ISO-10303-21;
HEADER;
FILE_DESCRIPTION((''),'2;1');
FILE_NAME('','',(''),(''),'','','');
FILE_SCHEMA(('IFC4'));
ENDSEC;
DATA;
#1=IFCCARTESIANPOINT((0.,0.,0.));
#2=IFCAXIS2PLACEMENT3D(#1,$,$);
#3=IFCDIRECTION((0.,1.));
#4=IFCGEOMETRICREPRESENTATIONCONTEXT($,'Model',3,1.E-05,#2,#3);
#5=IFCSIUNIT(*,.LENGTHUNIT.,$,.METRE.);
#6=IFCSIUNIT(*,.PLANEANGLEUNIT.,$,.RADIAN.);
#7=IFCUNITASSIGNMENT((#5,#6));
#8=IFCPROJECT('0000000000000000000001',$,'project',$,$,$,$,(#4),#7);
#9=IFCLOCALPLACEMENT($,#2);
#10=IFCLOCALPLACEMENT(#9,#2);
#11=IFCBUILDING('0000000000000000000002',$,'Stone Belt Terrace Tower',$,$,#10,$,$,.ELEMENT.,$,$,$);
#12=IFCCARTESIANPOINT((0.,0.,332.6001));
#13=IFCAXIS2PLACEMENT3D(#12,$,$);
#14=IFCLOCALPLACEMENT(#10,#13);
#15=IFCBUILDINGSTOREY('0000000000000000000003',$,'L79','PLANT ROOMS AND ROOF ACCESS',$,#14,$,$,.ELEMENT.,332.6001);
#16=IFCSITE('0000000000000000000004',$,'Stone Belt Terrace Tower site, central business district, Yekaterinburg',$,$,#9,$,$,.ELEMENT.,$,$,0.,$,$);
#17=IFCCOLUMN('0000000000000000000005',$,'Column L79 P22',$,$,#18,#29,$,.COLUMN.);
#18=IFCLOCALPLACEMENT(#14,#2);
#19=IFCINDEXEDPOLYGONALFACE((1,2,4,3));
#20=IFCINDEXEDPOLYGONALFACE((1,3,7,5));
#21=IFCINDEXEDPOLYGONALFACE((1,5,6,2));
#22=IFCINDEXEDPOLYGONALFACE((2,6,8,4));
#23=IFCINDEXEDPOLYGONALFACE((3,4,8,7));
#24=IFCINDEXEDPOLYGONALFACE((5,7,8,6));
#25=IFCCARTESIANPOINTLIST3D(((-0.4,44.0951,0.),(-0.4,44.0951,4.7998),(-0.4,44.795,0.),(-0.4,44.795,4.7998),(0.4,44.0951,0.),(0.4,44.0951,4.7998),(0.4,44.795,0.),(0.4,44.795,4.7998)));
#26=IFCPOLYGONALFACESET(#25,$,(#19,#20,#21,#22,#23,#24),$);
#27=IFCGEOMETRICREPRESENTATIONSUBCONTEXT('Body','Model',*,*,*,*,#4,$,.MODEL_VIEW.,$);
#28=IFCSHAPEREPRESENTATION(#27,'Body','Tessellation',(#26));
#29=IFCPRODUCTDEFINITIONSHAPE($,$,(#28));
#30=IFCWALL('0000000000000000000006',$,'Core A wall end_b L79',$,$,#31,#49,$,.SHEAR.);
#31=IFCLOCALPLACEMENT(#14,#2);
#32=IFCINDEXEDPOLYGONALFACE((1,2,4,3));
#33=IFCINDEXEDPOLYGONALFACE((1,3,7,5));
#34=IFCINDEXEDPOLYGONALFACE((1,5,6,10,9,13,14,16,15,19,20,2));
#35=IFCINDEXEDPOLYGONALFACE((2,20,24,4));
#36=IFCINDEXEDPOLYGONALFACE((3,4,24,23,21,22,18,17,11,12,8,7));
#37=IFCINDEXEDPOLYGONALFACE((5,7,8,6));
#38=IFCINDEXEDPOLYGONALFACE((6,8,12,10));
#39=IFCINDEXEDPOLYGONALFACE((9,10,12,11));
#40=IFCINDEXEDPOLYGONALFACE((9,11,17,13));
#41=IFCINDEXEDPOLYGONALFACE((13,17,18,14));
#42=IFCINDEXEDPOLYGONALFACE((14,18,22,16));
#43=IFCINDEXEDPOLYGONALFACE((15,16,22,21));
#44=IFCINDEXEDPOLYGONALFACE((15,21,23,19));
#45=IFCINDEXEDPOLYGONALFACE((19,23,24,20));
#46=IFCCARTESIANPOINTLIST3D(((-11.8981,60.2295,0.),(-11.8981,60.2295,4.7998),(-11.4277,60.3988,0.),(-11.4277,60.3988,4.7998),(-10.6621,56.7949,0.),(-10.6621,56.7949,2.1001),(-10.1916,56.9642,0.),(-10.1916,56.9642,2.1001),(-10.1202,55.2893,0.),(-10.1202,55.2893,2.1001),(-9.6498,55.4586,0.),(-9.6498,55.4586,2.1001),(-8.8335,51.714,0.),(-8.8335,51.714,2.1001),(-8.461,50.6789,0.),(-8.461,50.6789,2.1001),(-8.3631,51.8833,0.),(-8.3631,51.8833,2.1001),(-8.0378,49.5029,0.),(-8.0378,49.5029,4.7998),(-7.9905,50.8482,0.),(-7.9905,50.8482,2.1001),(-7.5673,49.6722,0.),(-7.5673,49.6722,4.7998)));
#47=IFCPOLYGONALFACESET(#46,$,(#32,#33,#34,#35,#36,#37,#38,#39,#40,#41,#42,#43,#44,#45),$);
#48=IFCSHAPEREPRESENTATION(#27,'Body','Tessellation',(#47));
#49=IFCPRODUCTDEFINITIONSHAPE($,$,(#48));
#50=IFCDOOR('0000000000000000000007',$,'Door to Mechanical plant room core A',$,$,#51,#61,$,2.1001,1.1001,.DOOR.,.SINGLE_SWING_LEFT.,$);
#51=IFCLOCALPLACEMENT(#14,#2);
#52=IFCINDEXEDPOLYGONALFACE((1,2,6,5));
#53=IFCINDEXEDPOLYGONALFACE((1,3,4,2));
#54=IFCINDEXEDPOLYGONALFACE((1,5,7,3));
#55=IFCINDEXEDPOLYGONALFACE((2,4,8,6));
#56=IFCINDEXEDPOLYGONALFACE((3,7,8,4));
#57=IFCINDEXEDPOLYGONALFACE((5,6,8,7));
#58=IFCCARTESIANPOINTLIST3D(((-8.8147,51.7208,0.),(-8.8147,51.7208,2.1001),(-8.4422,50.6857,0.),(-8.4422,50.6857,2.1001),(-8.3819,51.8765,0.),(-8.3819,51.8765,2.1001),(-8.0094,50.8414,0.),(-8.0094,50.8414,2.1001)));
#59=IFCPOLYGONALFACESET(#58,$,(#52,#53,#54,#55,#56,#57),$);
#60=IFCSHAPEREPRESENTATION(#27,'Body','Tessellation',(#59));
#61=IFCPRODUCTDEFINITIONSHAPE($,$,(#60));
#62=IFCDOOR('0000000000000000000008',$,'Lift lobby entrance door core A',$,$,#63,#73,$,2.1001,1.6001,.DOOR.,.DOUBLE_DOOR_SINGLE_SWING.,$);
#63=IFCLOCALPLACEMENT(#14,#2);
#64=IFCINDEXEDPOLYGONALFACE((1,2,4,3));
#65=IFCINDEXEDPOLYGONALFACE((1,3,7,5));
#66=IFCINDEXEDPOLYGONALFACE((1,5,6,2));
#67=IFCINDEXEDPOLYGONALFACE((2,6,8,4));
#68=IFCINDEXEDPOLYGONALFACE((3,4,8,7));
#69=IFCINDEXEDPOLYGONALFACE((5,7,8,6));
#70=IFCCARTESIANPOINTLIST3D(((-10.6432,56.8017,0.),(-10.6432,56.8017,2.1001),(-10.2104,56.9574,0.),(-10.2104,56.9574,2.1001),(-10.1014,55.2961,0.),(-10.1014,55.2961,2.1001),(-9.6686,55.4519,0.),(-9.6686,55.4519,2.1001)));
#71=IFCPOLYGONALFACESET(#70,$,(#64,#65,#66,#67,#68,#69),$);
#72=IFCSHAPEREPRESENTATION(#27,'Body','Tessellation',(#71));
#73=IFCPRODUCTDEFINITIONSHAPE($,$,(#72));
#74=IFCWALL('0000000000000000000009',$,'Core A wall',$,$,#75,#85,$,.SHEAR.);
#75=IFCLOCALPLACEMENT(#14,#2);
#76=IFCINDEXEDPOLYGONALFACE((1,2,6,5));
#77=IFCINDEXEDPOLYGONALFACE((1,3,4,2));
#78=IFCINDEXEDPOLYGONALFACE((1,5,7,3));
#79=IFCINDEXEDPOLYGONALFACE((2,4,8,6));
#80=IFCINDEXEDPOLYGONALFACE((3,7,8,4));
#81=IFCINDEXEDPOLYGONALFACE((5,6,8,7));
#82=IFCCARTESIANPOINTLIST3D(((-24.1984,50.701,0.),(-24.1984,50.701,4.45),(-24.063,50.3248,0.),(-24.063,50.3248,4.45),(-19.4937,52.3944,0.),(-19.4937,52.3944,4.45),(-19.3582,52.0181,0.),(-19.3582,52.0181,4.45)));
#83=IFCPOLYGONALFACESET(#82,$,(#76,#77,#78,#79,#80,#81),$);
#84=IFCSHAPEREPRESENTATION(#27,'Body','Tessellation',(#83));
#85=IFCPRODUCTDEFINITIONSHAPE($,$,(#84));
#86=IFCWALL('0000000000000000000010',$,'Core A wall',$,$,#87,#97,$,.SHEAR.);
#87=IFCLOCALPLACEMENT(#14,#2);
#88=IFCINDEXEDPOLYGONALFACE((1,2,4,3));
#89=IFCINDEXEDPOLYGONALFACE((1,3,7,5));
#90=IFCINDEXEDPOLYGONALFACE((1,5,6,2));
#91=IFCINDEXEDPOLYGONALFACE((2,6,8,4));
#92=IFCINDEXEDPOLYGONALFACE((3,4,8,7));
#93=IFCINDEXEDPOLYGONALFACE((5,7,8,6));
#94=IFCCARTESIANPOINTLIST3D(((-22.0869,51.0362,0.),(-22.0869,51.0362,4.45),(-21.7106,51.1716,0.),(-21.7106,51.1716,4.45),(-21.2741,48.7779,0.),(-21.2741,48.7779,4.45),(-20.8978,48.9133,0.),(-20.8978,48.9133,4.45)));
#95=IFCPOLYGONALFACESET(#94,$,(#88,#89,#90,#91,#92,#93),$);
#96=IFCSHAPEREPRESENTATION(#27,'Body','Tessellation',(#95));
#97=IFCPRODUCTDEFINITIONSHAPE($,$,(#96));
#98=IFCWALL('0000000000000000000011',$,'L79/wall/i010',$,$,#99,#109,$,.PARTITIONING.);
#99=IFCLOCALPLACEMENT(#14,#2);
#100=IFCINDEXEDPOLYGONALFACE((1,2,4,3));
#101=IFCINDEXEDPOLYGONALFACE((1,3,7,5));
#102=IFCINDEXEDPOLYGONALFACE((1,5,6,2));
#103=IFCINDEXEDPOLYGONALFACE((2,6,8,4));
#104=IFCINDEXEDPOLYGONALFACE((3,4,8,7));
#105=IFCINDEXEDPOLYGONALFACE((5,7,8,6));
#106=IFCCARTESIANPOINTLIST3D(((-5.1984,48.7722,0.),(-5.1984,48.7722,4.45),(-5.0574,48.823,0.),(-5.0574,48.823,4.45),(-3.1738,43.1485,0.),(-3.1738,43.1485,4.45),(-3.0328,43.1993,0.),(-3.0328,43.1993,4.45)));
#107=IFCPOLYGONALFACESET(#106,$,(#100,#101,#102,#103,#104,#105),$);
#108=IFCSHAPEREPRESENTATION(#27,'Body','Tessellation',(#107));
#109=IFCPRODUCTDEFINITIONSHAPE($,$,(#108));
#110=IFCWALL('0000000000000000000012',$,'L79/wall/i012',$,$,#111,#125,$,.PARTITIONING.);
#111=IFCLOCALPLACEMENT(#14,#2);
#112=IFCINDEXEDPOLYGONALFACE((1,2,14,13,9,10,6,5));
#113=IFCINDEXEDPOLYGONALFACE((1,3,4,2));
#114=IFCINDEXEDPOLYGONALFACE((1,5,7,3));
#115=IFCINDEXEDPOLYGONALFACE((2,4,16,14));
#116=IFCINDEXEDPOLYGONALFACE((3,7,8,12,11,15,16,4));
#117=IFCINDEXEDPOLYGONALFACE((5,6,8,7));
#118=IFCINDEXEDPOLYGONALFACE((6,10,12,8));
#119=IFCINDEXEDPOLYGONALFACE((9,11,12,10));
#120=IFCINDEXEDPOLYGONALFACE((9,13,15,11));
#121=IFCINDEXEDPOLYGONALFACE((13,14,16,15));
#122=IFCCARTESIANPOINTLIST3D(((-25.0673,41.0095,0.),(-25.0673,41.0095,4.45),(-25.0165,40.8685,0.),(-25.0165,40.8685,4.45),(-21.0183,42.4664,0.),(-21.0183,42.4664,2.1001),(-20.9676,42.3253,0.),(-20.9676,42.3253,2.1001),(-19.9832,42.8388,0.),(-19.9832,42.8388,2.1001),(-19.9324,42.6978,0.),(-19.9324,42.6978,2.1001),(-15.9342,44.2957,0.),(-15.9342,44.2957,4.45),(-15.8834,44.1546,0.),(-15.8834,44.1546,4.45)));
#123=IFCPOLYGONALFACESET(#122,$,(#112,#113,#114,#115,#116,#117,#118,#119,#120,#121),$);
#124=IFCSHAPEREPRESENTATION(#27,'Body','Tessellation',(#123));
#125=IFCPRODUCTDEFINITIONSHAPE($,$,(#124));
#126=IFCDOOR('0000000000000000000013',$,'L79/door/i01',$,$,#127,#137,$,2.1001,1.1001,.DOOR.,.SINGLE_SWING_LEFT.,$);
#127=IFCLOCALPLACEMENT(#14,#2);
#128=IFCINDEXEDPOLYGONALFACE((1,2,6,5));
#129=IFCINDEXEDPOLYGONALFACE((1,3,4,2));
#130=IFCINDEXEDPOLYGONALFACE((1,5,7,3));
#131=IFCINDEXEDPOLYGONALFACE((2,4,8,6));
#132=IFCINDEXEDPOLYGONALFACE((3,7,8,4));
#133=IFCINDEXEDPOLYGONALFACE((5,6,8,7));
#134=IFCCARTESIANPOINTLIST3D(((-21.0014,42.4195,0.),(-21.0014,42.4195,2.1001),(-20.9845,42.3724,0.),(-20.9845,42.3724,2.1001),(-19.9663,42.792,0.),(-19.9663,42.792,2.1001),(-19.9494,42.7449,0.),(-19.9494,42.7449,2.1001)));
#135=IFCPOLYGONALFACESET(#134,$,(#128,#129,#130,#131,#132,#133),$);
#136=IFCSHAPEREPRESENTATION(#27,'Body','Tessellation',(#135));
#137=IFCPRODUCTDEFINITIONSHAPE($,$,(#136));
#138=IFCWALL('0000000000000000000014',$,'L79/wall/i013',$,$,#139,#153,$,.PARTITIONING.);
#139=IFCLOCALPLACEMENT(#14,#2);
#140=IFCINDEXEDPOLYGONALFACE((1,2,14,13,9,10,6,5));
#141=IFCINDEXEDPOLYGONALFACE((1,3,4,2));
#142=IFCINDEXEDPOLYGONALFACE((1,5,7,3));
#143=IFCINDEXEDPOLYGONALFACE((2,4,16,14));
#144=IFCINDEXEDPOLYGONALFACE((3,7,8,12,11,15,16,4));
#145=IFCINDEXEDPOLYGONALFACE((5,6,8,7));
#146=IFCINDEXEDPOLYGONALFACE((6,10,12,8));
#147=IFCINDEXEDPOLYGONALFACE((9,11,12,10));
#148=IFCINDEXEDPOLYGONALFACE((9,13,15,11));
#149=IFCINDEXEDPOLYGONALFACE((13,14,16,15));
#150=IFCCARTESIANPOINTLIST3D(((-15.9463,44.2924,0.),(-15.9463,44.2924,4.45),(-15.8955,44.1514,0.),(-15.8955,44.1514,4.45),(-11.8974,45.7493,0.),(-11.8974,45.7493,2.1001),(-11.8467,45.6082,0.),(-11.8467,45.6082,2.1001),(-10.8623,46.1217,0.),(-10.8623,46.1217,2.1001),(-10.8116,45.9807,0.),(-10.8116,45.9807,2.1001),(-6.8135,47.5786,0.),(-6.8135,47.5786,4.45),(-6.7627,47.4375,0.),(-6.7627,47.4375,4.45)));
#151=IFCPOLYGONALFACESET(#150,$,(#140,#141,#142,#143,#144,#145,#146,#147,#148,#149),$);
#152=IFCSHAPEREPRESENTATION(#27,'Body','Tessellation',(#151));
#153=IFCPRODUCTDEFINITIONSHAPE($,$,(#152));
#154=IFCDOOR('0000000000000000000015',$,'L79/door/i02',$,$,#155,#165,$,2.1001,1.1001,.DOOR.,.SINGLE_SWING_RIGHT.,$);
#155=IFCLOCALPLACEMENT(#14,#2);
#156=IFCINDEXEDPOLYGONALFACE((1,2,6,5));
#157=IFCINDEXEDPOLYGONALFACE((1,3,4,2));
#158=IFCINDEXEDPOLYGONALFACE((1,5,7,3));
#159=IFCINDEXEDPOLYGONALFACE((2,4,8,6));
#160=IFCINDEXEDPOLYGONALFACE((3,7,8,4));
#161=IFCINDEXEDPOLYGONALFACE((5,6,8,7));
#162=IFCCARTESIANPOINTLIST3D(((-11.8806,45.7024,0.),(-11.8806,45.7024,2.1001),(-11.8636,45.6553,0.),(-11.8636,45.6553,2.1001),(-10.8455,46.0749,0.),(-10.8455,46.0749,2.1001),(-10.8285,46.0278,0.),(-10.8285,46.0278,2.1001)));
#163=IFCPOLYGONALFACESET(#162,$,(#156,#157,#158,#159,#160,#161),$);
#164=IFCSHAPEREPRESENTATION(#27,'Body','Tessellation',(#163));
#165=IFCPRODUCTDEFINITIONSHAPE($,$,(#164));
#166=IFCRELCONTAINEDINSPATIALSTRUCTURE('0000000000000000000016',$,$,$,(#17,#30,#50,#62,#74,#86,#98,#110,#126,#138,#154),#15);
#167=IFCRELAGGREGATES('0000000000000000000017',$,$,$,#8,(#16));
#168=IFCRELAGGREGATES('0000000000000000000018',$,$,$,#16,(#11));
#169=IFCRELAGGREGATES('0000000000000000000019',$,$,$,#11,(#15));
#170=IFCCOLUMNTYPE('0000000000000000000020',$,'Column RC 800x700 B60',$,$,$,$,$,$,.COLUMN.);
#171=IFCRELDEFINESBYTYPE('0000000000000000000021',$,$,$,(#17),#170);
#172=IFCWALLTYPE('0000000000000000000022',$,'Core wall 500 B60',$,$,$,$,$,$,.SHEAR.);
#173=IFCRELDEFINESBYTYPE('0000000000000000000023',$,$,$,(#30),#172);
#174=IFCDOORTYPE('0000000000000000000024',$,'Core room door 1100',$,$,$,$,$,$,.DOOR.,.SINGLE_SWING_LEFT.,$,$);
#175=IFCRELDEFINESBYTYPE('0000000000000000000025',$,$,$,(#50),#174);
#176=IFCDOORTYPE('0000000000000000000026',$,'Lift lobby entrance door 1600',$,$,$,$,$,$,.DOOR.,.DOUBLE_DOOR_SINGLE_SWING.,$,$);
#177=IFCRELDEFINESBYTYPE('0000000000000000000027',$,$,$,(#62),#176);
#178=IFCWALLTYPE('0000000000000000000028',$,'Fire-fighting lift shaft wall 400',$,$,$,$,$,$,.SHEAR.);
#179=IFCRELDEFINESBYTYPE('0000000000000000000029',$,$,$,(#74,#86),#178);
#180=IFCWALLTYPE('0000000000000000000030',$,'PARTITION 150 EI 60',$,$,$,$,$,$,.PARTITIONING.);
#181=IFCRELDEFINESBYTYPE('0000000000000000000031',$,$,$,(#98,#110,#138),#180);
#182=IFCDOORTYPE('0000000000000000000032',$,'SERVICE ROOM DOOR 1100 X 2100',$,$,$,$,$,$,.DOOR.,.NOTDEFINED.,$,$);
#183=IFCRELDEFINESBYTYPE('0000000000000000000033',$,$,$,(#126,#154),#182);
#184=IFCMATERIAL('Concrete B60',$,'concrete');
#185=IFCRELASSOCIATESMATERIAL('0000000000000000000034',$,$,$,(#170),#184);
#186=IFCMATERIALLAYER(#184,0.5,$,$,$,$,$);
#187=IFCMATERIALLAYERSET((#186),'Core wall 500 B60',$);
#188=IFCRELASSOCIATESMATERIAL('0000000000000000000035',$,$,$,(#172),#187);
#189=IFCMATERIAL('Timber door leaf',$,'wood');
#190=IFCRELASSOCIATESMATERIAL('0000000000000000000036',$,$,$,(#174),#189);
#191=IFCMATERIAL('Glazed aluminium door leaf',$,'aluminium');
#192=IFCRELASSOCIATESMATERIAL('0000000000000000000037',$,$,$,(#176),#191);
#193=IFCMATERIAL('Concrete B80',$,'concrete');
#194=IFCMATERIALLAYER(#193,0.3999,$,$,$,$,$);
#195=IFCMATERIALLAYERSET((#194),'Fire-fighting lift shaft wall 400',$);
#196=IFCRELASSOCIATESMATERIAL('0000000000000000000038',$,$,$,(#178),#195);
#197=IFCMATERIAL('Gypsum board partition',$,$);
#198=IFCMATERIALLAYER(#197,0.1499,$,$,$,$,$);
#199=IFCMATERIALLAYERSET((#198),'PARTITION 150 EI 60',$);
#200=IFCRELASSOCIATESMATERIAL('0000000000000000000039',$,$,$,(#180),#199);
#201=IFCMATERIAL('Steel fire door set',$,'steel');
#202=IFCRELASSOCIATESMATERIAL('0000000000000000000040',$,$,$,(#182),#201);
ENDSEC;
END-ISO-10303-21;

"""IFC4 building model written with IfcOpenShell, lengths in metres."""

from ifc_helpers import new_model, si_unit, direction, frame, frame_2d, origin, origin_2d, place, context, subcontext, project, spatial, rectangle, extrude, material, layer, layer_set, material_profile, profile_set, type_object, element, fill, save


model = new_model("IFC4")

# Units and contexts
model_context = context("Model", 3, precision=1e-05, world=origin(), true_north=direction((0.0, 1.0)))
body_context = subcontext(model_context, "Body", "Model", "MODEL_VIEW")
ifc_project = project(units=[si_unit("LENGTHUNIT", "METRE"), si_unit("PLANEANGLEUNIT", "RADIAN")], contexts=[model_context])

# Site, building, storey
site_placement = place(None, origin())
site = spatial("IfcSite", under=ifc_project, at=site_placement, Name="Stone Belt Terrace Tower site, central business district, Yekaterinburg", CompositionType="ELEMENT", RefElevation=0.0)
building_placement = place(site_placement, origin())
building = spatial("IfcBuilding", under=site, at=building_placement, Name="Stone Belt Terrace Tower", CompositionType="ELEMENT")
storey_placement = place(building_placement, frame((0.0, 0.0, 332.6001)))
storey = spatial("IfcBuildingStorey", under=building, at=storey_placement, Name="L79", Description="PLANT ROOMS AND ROOF ACCESS", CompositionType="ELEMENT", Elevation=332.6001)

# Column
ifc_material_1 = material(Name="Concrete B60", Category="concrete")
ifc_material_profile = material_profile(ifc_material_1, rectangle(XDim=0.8, YDim=0.7, at=origin_2d()), Name="RC 800x700")
ifc_profile_set = profile_set([ifc_material_profile], Name="Concrete B60")
column_type = type_object("IfcColumnType", Name="Column RC 800x700 B60", PredefinedType="COLUMN", material=ifc_profile_set)
column_placement = place(storey_placement, frame((0.0, 44.4451, 0.0), z_axis=(0.0, 0.0, 1.0), x_axis=(1.0, 0.0, 0.0)))
element("IfcColumn", 1, at=column_placement, inside=storey, type_object=column_type, Name="Column L79 P22", PredefinedType="COLUMN", context=body_context, shape_type="SweptSolid", body=[
    extrude(rectangle(XDim=0.8, YDim=0.7, at=origin_2d()), origin(), (0.0, 0.0, 1.0), 4.7998),
])

# Wall, openings, doors
ifc_layer_1 = layer(ifc_material_1, 0.5)
ifc_layer_set_1 = layer_set([ifc_layer_1], Name="Core wall 500 B60")
wall_type_1 = type_object("IfcWallType", Name="Core wall 500 B60", PredefinedType="SHEAR", material=ifc_layer_set_1)
wall_1_placement = place(storey_placement, frame((-7.8025, 49.5874, 0.0), z_axis=(0.0, 0.0, 1.0), x_axis=(-0.338625, 0.940921, 0.0)))
wall_1 = element("IfcWall", 2, at=wall_1_placement, inside=storey, type_object=wall_type_1, Name="Core A wall end_b L79", PredefinedType="SHEAR", context=body_context, shape_type="SweptSolid", body=[
    extrude(rectangle(XDim=11.4001, YDim=0.5, at=frame_2d((5.7002, 0.0))), origin(), (0.0, 0.0, 1.0), 4.7998),
])
opening_1_placement = place(wall_1_placement, frame((6.1499, 0.0, 0.0)))
opening_1 = element("IfcOpeningElement", 3, at=opening_1_placement, cuts=wall_1, PredefinedType="OPENING", context=body_context, shape_type="SweptSolid", body=[
    extrude(rectangle(XDim=1.6001, YDim=2.1001, at=frame_2d((0.8, 1.05))), frame((0.0, 0.26, 0.0), z_axis=(0.0, -1.0, 0.0), x_axis=(1.0, 0.0, 0.0)), (0.0, 0.0, 1.0), 0.52),
])
opening_2_placement = place(wall_1_placement, frame((1.25, 0.0, 0.0)))
opening_2 = element("IfcOpeningElement", 4, at=opening_2_placement, cuts=wall_1, PredefinedType="OPENING", context=body_context, shape_type="SweptSolid", body=[
    extrude(rectangle(XDim=1.1001, YDim=2.1001, at=frame_2d((0.55, 1.05))), frame((0.0, 0.26, 0.0), z_axis=(0.0, -1.0, 0.0), x_axis=(1.0, 0.0, 0.0)), (0.0, 0.0, 1.0), 0.52),
])
ifc_material_2 = material(Name="Timber door leaf", Category="wood")
door_type_1 = type_object("IfcDoorType", Name="Core room door 1100", OperationType="SINGLE_SWING_LEFT", PredefinedType="DOOR", material=ifc_material_2)
door_1_placement = place(opening_2_placement, origin())
door_1 = element("IfcDoor", 5, at=door_1_placement, inside=storey, type_object=door_type_1, Name="Door to Mechanical plant room core A", OperationType="SINGLE_SWING_LEFT", OverallHeight=2.1001, OverallWidth=1.1001, PredefinedType="DOOR", context=body_context, shape_type="SweptSolid", body=[
    extrude(rectangle(XDim=1.1001, YDim=2.1001, at=frame_2d((0.55, 1.05))), frame((0.0, 0.23, 0.0), z_axis=(0.0, -1.0, 0.0), x_axis=(1.0, 0.0, 0.0)), (0.0, 0.0, 1.0), 0.46),
])
fill(opening_2, door_1)
ifc_material_3 = material(Name="Glazed aluminium door leaf", Category="aluminium")
door_type_2 = type_object("IfcDoorType", Name="Lift lobby entrance door 1600", OperationType="DOUBLE_DOOR_SINGLE_SWING", PredefinedType="DOOR", material=ifc_material_3)
door_2_placement = place(opening_1_placement, origin())
door_2 = element("IfcDoor", 6, at=door_2_placement, inside=storey, type_object=door_type_2, Name="Lift lobby entrance door core A", OperationType="DOUBLE_DOOR_SINGLE_SWING", OverallHeight=2.1001, OverallWidth=1.6001, PredefinedType="DOOR", context=body_context, shape_type="SweptSolid", body=[
    extrude(rectangle(XDim=1.6001, YDim=2.1001, at=frame_2d((0.8, 1.05))), frame((0.0, 0.23, 0.0), z_axis=(0.0, -1.0, 0.0), x_axis=(1.0, 0.0, 0.0)), (0.0, 0.0, 1.0), 0.46),
])
fill(opening_1, door_2)

# Walls
ifc_material_4 = material(Name="Concrete B80", Category="concrete")
ifc_layer_2 = layer(ifc_material_4, 0.3999)
ifc_layer_set_2 = layer_set([ifc_layer_2], Name="Fire-fighting lift shaft wall 400")
wall_type_2 = type_object("IfcWallType", Name="Fire-fighting lift shaft wall 400", PredefinedType="SHEAR", material=ifc_layer_set_2)
wall_2_placement = place(storey_placement, frame((-24.1306, 50.5129, 0.0), z_axis=(0.0, 0.0, 1.0), x_axis=(0.940912, 0.338652, 0.0)))
element("IfcWall", 7, at=wall_2_placement, inside=storey, type_object=wall_type_2, Name="Core A wall", PredefinedType="SHEAR", context=body_context, shape_type="SweptSolid", body=[
    extrude(rectangle(XDim=5.0002, YDim=0.3999, at=frame_2d((2.5, 0.0))), origin(), (0.0, 0.0, 1.0), 4.45),
])
wall_3_placement = place(storey_placement, frame((-21.0859, 48.8455, 0.0), z_axis=(0.0, 0.0, 1.0), x_axis=(-0.338629, 0.94092, 0.0)))
element("IfcWall", 8, at=wall_3_placement, inside=storey, type_object=wall_type_2, Name="Core A wall", PredefinedType="SHEAR", context=body_context, shape_type="SweptSolid", body=[
    extrude(rectangle(XDim=2.4001, YDim=0.3999, at=frame_2d((1.2002, 0.0))), origin(), (0.0, 0.0, 1.0), 4.45),
])
ifc_material_5 = material(Name="Gypsum board partition")
ifc_layer_3 = layer(ifc_material_5, 0.1499)
ifc_layer_set_3 = layer_set([ifc_layer_3], Name="PARTITION 150 EI 60")
wall_type_3 = type_object("IfcWallType", Name="PARTITION 150 EI 60", PredefinedType="PARTITIONING", material=ifc_layer_set_3)
wall_4_placement = place(storey_placement, frame((-5.1279, 48.7976, 0.0), z_axis=(0.0, 0.0, 1.0), x_axis=(0.338734, -0.940882, 0.0)))
element("IfcWall", 9, at=wall_4_placement, inside=storey, type_object=wall_type_3, Name="L79/wall/i010", PredefinedType="PARTITIONING", context=body_context, shape_type="SweptSolid", body=[
    extrude(rectangle(XDim=5.9771, YDim=0.1499, at=frame_2d((2.9885, 0.0))), origin(), (0.0, 0.0, 1.0), 4.45),
])

# Walls, openings, doors
wall_5_placement = place(storey_placement, frame((-15.9089, 44.2251, 0.0), z_axis=(0.0, 0.0, 1.0), x_axis=(-0.940945, -0.338558, 0.0)))
wall_5 = element("IfcWall", 10, at=wall_5_placement, inside=storey, type_object=wall_type_3, Name="L79/wall/i012", PredefinedType="PARTITIONING", context=body_context, shape_type="SweptSolid", body=[
    extrude(rectangle(XDim=9.7063, YDim=0.1499, at=frame_2d((4.853, 0.0))), origin(), (0.0, 0.0, 1.0), 4.45),
])
opening_3_placement = place(wall_5_placement, frame((4.303, 0.0, 0.0)))
opening_3 = element("IfcOpeningElement", 11, at=opening_3_placement, cuts=wall_5, PredefinedType="OPENING", context=body_context, shape_type="SweptSolid", body=[
    extrude(rectangle(XDim=1.1001, YDim=2.1001, at=frame_2d((0.55, 1.05))), frame((0.0, 0.085, 0.0), z_axis=(0.0, -1.0, 0.0), x_axis=(1.0, 0.0, 0.0)), (0.0, 0.0, 1.0), 0.1699),
])
ifc_material_6 = material(Name="Steel fire door set", Category="steel")
door_type_3 = type_object("IfcDoorType", Name="SERVICE ROOM DOOR 1100 X 2100", OperationType="NOTDEFINED", PredefinedType="DOOR", material=ifc_material_6)
door_3_placement = place(opening_3_placement, origin())
door_3 = element("IfcDoor", 12, at=door_3_placement, inside=storey, type_object=door_type_3, Name="L79/door/i01", OperationType="SINGLE_SWING_LEFT", OverallHeight=2.1001, OverallWidth=1.1001, PredefinedType="DOOR", context=body_context, shape_type="SweptSolid", body=[
    extrude(rectangle(XDim=1.1001, YDim=2.1001, at=frame_2d((0.55, 1.05))), frame((0.0, 0.0249, 0.0), z_axis=(0.0, -1.0, 0.0), x_axis=(1.0, 0.0, 0.0)), (0.0, 0.0, 1.0), 0.05),
])
fill(opening_3, door_3)
wall_6_placement = place(storey_placement, frame((-6.7881, 47.5081, 0.0), z_axis=(0.0, 0.0, 1.0), x_axis=(-0.940943, -0.338566, 0.0)))
wall_6 = element("IfcWall", 13, at=wall_6_placement, inside=storey, type_object=wall_type_3, Name="L79/wall/i013", PredefinedType="PARTITIONING", context=body_context, shape_type="SweptSolid", body=[
    extrude(rectangle(XDim=9.7061, YDim=0.1499, at=frame_2d((4.853, 0.0))), origin(), (0.0, 0.0, 1.0), 4.45),
])
opening_4_placement = place(wall_6_placement, frame((4.303, 0.0, 0.0)))
opening_4 = element("IfcOpeningElement", 14, at=opening_4_placement, cuts=wall_6, PredefinedType="OPENING", context=body_context, shape_type="SweptSolid", body=[
    extrude(rectangle(XDim=1.1001, YDim=2.1001, at=frame_2d((0.55, 1.05))), frame((0.0, 0.085, 0.0), z_axis=(0.0, -1.0, 0.0), x_axis=(1.0, 0.0, 0.0)), (0.0, 0.0, 1.0), 0.1699),
])
door_4_placement = place(opening_4_placement, origin())
door_4 = element("IfcDoor", 15, at=door_4_placement, inside=storey, type_object=door_type_3, Name="L79/door/i02", OperationType="SINGLE_SWING_RIGHT", OverallHeight=2.1001, OverallWidth=1.1001, PredefinedType="DOOR", context=body_context, shape_type="SweptSolid", body=[
    extrude(rectangle(XDim=1.1001, YDim=2.1001, at=frame_2d((0.55, 1.05))), frame((0.0, 0.0249, 0.0), z_axis=(0.0, -1.0, 0.0), x_axis=(1.0, 0.0, 0.0)), (0.0, 0.0, 1.0), 0.05),
])
fill(opening_4, door_4)

save(model, "model.ifc")
